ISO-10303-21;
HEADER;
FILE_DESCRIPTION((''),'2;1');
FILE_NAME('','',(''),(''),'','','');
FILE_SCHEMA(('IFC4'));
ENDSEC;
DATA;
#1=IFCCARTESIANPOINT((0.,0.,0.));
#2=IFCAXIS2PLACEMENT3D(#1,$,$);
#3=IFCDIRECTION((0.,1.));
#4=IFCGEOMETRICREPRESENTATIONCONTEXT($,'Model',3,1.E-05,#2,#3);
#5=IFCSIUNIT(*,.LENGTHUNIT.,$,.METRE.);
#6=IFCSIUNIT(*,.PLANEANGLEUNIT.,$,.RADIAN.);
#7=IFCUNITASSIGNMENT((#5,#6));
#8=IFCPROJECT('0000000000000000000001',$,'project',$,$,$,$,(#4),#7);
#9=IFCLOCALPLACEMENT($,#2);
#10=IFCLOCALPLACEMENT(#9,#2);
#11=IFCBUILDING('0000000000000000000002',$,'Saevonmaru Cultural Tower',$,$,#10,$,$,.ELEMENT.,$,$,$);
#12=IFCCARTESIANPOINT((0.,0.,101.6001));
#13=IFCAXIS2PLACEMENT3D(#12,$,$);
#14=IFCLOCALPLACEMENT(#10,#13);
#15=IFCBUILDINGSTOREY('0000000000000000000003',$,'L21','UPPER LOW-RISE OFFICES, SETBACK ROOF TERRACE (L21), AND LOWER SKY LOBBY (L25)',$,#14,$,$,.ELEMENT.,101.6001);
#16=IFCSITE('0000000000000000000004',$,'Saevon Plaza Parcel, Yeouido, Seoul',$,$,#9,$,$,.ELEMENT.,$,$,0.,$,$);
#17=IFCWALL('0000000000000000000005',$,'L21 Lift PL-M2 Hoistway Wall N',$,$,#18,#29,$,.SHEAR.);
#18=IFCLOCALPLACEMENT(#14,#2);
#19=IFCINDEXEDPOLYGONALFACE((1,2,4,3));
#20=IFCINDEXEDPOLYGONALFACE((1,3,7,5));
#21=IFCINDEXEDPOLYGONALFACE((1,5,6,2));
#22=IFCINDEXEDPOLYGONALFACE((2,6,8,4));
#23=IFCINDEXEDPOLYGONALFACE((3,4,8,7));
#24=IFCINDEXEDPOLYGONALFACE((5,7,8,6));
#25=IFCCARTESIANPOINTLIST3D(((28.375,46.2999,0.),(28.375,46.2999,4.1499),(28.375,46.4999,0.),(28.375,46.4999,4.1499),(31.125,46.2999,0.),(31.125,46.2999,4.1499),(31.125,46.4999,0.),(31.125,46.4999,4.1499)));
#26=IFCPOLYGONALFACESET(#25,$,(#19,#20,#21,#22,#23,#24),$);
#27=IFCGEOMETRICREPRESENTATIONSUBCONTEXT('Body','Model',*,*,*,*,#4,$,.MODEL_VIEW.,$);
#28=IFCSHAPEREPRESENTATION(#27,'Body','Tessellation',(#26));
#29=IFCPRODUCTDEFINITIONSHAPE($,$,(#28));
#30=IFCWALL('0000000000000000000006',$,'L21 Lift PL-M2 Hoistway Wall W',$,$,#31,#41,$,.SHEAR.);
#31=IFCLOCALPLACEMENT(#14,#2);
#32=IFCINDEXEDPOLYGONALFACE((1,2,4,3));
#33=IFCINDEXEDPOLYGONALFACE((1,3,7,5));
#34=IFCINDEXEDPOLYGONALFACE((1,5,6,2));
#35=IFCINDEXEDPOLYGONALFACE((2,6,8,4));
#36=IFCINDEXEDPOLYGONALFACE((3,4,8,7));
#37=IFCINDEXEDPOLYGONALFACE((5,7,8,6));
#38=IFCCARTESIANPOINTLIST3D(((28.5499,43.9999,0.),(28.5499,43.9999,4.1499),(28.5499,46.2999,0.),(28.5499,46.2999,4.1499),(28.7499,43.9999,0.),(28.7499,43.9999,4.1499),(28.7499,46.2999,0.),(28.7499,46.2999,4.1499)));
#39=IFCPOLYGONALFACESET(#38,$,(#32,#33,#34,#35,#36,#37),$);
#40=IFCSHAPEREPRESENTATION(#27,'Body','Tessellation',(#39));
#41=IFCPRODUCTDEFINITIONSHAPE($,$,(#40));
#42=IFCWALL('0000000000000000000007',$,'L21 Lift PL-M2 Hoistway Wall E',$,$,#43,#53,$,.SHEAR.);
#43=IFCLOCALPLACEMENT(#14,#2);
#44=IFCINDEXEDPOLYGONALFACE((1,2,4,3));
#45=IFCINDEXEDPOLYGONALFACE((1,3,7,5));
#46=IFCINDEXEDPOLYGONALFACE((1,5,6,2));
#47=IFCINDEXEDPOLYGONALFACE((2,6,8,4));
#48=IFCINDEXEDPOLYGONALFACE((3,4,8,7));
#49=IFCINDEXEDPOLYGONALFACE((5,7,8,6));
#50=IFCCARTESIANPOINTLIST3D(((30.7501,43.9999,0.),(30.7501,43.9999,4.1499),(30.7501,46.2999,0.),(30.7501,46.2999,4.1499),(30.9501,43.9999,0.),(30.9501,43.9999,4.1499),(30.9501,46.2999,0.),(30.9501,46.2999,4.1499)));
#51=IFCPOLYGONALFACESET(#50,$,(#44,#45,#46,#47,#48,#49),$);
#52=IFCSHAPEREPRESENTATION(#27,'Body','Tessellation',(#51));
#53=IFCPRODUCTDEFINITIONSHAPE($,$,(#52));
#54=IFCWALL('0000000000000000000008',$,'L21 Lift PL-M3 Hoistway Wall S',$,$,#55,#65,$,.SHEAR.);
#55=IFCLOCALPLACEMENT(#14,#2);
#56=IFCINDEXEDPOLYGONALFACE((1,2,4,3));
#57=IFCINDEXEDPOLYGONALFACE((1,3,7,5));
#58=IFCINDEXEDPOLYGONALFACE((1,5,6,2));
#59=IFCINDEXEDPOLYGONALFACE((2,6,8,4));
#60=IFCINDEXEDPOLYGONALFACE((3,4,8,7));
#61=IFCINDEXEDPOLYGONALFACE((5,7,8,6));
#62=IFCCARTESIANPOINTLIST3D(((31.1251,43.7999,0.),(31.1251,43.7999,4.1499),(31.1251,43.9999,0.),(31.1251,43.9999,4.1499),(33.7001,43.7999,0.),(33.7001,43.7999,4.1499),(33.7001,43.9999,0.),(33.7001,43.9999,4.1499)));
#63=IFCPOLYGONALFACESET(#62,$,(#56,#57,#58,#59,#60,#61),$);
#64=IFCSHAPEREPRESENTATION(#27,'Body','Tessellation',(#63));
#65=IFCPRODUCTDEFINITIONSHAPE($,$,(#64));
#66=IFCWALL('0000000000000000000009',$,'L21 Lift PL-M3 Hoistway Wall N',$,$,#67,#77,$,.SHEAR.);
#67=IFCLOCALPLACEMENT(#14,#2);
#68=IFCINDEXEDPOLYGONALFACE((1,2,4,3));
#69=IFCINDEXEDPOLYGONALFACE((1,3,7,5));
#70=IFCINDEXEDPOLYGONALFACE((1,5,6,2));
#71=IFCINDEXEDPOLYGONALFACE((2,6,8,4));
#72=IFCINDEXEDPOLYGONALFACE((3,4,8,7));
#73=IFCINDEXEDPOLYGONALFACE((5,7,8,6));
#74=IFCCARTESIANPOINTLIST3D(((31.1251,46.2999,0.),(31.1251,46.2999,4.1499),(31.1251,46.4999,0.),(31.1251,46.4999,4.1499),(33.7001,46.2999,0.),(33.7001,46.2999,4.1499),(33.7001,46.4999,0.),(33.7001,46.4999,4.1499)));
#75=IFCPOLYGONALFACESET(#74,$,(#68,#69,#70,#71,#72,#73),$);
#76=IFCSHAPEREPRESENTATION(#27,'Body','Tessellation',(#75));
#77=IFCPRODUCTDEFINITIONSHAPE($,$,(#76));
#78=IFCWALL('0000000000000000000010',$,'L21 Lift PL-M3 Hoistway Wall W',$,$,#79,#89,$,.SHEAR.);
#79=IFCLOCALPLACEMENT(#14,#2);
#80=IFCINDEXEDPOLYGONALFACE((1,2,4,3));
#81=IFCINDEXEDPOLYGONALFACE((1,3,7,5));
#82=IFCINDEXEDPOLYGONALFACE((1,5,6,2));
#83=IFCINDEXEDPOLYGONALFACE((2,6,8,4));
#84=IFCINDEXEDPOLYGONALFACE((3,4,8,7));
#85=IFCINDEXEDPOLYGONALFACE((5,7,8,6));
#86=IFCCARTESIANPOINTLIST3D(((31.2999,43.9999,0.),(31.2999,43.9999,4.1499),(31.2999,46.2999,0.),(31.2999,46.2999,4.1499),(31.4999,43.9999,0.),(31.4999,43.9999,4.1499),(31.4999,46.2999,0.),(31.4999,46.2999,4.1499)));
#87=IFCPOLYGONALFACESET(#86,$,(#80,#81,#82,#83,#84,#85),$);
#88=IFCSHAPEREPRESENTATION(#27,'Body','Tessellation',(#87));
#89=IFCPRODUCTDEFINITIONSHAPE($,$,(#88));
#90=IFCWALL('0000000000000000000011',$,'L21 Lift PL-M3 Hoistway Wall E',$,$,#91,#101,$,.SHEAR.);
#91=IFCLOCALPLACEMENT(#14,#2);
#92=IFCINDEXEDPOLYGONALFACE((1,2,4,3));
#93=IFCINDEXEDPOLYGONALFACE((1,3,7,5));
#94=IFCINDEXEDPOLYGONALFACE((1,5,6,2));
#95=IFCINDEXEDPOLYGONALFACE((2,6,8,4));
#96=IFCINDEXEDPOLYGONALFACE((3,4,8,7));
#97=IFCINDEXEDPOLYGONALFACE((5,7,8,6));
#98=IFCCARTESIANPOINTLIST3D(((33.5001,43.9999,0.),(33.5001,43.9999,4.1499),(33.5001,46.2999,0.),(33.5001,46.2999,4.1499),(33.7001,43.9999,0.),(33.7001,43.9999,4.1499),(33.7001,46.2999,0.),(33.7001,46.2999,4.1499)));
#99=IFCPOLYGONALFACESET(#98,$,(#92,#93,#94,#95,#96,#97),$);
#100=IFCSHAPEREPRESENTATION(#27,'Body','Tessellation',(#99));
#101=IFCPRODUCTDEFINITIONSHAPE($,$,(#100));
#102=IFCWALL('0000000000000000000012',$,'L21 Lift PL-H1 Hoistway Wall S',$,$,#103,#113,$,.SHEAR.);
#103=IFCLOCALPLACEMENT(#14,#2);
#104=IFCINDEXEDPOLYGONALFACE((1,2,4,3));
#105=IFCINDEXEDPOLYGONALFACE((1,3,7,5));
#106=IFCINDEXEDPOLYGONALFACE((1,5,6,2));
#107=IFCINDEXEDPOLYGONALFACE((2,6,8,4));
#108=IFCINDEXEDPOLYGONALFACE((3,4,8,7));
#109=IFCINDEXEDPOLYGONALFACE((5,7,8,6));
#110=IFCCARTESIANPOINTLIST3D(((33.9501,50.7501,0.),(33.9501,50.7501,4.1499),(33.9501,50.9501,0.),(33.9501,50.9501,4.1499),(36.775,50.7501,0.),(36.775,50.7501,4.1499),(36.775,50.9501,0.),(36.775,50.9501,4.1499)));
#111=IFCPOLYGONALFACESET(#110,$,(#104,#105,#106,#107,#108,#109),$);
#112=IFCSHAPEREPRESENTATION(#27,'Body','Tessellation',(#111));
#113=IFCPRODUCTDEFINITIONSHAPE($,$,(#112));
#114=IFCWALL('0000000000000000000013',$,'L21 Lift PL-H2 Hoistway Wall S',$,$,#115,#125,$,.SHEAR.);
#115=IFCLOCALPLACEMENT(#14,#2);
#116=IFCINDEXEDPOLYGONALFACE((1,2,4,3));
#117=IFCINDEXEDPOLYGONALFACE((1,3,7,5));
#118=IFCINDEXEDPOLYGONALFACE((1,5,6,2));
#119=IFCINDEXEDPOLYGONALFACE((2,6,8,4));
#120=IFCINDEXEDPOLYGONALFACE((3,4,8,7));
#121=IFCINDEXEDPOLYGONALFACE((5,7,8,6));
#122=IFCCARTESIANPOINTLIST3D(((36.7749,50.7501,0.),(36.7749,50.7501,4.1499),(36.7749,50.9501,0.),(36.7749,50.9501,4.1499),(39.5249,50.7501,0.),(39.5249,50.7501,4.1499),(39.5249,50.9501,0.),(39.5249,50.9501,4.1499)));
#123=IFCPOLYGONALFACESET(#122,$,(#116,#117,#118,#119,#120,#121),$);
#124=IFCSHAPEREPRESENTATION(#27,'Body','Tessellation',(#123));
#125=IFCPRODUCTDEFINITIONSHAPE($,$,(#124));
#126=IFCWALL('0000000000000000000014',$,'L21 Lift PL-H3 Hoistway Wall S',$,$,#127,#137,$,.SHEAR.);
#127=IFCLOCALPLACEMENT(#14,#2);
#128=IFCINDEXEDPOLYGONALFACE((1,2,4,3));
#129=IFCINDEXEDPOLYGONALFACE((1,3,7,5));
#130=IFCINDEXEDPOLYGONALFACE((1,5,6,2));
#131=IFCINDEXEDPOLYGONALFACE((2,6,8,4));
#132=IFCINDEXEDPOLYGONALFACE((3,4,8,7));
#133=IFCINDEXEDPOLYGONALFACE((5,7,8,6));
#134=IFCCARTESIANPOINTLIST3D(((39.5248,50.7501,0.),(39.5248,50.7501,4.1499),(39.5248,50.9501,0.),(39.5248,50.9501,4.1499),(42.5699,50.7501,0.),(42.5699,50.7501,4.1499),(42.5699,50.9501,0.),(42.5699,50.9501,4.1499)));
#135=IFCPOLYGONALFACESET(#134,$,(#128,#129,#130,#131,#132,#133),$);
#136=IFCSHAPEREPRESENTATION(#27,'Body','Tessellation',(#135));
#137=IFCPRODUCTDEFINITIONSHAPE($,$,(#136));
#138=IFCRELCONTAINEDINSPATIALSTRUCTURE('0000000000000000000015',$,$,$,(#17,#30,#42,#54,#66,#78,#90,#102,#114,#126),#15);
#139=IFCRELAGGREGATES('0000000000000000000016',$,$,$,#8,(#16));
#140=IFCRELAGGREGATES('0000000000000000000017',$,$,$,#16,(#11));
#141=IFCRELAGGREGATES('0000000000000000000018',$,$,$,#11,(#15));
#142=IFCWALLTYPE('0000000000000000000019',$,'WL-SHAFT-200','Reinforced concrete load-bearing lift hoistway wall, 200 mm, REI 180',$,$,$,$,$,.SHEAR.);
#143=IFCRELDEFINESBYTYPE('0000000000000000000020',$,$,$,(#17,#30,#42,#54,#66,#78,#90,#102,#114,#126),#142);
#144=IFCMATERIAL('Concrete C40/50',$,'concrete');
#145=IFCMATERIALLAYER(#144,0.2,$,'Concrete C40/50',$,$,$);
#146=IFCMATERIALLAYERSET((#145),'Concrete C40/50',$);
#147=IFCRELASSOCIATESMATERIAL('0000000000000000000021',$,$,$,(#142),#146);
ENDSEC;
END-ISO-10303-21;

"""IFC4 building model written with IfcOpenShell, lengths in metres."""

from ifc_helpers import new_model, si_unit, direction, frame, frame_2d, origin, place, context, subcontext, project, spatial, rectangle, extrude, material, layer, layer_set, type_object, element, save


model = new_model("IFC4")

# Units and contexts
model_context = context("Model", 3, precision=1e-05, world=origin(), true_north=direction((0.0, 1.0)))
body_context = subcontext(model_context, "Body", "Model", "MODEL_VIEW")
ifc_project = project(units=[si_unit("LENGTHUNIT", "METRE"), si_unit("PLANEANGLEUNIT", "RADIAN")], contexts=[model_context])

# Site, building, storey
site_placement = place(None, origin())
site = spatial("IfcSite", under=ifc_project, at=site_placement, Name="Saevon Plaza Parcel, Yeouido, Seoul", CompositionType="ELEMENT", RefElevation=0.0)
building_placement = place(site_placement, origin())
building = spatial("IfcBuilding", under=site, at=building_placement, Name="Saevonmaru Cultural Tower", CompositionType="ELEMENT")
storey_placement = place(building_placement, frame((0.0, 0.0, 101.6001)))
storey = spatial("IfcBuildingStorey", under=building, at=storey_placement, Name="L21", Description="UPPER LOW-RISE OFFICES, SETBACK ROOF TERRACE (L21), AND LOWER SKY LOBBY (L25)", CompositionType="ELEMENT", Elevation=101.6001)

# Shared definitions
ifc_material_1 = material(Name="Concrete C40/50", Category="concrete")
ifc_layer_1 = layer(ifc_material_1, 0.2, Name="Concrete C40/50")
ifc_layer_set_1 = layer_set([ifc_layer_1], Name="Concrete C40/50")
wall_type_1 = type_object("IfcWallType", Name="WL-SHAFT-200", Description="Reinforced concrete load-bearing lift hoistway wall, 200 mm, REI 180", PredefinedType="SHEAR", material=ifc_layer_set_1)

# Walls
wall_1_placement = place(storey_placement, frame((28.375, 46.3999, 0.0), z_axis=(0.0, 0.0, 1.0), x_axis=(1.0, 0.0, 0.0)))
element("IfcWall", 1, at=wall_1_placement, inside=storey, type_object=wall_type_1, Name="L21 Lift PL-M2 Hoistway Wall N", PredefinedType="SHEAR", context=body_context, shape_type="SweptSolid", body=[
    extrude(rectangle(XDim=2.75, YDim=0.2, at=frame_2d((1.375, 0.0))), origin(), (0.0, 0.0, 1.0), 4.1499),
])
for number, where, z_axis, x_axis, name in (
    (2, (28.6499, 44.0, 0.0), (0.0, 0.0, 1.0), (0.0, 1.0, 0.0), "L21 Lift PL-M2 Hoistway Wall W"),
    (3, (30.8501, 44.0, 0.0), (0.0, 0.0, 1.0), (0.0, 1.0, 0.0), "L21 Lift PL-M2 Hoistway Wall E"),
):
    element("IfcWall", number, at=place(storey_placement, frame(where, z_axis=z_axis, x_axis=x_axis)), inside=storey, type_object=wall_type_1, Name=name, PredefinedType="SHEAR", context=body_context, shape_type="SweptSolid", body=[
        extrude(rectangle(XDim=2.3, YDim=0.2, at=frame_2d((1.1499, 0.0))), origin(), (0.0, 0.0, 1.0), 4.1499),
    ])
for number, where, z_axis, x_axis, name in (
    (4, (31.125, 43.8999, 0.0), (0.0, 0.0, 1.0), (1.0, 0.0, 0.0), "L21 Lift PL-M3 Hoistway Wall S"),
    (5, (31.125, 46.3999, 0.0), (0.0, 0.0, 1.0), (1.0, 0.0, 0.0), "L21 Lift PL-M3 Hoistway Wall N"),
):
    element("IfcWall", number, at=place(storey_placement, frame(where, z_axis=z_axis, x_axis=x_axis)), inside=storey, type_object=wall_type_1, Name=name, PredefinedType="SHEAR", context=body_context, shape_type="SweptSolid", body=[
        extrude(rectangle(XDim=2.575, YDim=0.2, at=frame_2d((1.2876, 0.0))), origin(), (0.0, 0.0, 1.0), 4.1499),
    ])
for number, where, z_axis, x_axis, name in (
    (6, (31.3999, 44.0, 0.0), (0.0, 0.0, 1.0), (0.0, 1.0, 0.0), "L21 Lift PL-M3 Hoistway Wall W"),
    (7, (33.6001, 44.0, 0.0), (0.0, 0.0, 1.0), (0.0, 1.0, 0.0), "L21 Lift PL-M3 Hoistway Wall E"),
):
    element("IfcWall", number, at=place(storey_placement, frame(where, z_axis=z_axis, x_axis=x_axis)), inside=storey, type_object=wall_type_1, Name=name, PredefinedType="SHEAR", context=body_context, shape_type="SweptSolid", body=[
        extrude(rectangle(XDim=2.3, YDim=0.2, at=frame_2d((1.1499, 0.0))), origin(), (0.0, 0.0, 1.0), 4.1499),
    ])
wall_2_placement = place(storey_placement, frame((33.95, 50.8501, 0.0), z_axis=(0.0, 0.0, 1.0), x_axis=(1.0, 0.0, 0.0)))
element("IfcWall", 8, at=wall_2_placement, inside=storey, type_object=wall_type_1, Name="L21 Lift PL-H1 Hoistway Wall S", PredefinedType="SHEAR", context=body_context, shape_type="SweptSolid", body=[
    extrude(rectangle(XDim=2.825, YDim=0.2, at=frame_2d((1.4126, 0.0))), origin(), (0.0, 0.0, 1.0), 4.1499),
])
wall_3_placement = place(storey_placement, frame((36.7749, 50.8501, 0.0), z_axis=(0.0, 0.0, 1.0), x_axis=(1.0, 0.0, 0.0)))
element("IfcWall", 9, at=wall_3_placement, inside=storey, type_object=wall_type_1, Name="L21 Lift PL-H2 Hoistway Wall S", PredefinedType="SHEAR", context=body_context, shape_type="SweptSolid", body=[
    extrude(rectangle(XDim=2.75, YDim=0.2, at=frame_2d((1.375, 0.0))), origin(), (0.0, 0.0, 1.0), 4.1499),
])
wall_4_placement = place(storey_placement, frame((39.5249, 50.8501, 0.0), z_axis=(0.0, 0.0, 1.0), x_axis=(1.0, 0.0, 0.0)))
element("IfcWall", 10, at=wall_4_placement, inside=storey, type_object=wall_type_1, Name="L21 Lift PL-H3 Hoistway Wall S", PredefinedType="SHEAR", context=body_context, shape_type="SweptSolid", body=[
    extrude(rectangle(XDim=3.0452, YDim=0.2, at=frame_2d((1.5225, 0.0))), origin(), (0.0, 0.0, 1.0), 4.1499),
])

save(model, "model.ifc")
